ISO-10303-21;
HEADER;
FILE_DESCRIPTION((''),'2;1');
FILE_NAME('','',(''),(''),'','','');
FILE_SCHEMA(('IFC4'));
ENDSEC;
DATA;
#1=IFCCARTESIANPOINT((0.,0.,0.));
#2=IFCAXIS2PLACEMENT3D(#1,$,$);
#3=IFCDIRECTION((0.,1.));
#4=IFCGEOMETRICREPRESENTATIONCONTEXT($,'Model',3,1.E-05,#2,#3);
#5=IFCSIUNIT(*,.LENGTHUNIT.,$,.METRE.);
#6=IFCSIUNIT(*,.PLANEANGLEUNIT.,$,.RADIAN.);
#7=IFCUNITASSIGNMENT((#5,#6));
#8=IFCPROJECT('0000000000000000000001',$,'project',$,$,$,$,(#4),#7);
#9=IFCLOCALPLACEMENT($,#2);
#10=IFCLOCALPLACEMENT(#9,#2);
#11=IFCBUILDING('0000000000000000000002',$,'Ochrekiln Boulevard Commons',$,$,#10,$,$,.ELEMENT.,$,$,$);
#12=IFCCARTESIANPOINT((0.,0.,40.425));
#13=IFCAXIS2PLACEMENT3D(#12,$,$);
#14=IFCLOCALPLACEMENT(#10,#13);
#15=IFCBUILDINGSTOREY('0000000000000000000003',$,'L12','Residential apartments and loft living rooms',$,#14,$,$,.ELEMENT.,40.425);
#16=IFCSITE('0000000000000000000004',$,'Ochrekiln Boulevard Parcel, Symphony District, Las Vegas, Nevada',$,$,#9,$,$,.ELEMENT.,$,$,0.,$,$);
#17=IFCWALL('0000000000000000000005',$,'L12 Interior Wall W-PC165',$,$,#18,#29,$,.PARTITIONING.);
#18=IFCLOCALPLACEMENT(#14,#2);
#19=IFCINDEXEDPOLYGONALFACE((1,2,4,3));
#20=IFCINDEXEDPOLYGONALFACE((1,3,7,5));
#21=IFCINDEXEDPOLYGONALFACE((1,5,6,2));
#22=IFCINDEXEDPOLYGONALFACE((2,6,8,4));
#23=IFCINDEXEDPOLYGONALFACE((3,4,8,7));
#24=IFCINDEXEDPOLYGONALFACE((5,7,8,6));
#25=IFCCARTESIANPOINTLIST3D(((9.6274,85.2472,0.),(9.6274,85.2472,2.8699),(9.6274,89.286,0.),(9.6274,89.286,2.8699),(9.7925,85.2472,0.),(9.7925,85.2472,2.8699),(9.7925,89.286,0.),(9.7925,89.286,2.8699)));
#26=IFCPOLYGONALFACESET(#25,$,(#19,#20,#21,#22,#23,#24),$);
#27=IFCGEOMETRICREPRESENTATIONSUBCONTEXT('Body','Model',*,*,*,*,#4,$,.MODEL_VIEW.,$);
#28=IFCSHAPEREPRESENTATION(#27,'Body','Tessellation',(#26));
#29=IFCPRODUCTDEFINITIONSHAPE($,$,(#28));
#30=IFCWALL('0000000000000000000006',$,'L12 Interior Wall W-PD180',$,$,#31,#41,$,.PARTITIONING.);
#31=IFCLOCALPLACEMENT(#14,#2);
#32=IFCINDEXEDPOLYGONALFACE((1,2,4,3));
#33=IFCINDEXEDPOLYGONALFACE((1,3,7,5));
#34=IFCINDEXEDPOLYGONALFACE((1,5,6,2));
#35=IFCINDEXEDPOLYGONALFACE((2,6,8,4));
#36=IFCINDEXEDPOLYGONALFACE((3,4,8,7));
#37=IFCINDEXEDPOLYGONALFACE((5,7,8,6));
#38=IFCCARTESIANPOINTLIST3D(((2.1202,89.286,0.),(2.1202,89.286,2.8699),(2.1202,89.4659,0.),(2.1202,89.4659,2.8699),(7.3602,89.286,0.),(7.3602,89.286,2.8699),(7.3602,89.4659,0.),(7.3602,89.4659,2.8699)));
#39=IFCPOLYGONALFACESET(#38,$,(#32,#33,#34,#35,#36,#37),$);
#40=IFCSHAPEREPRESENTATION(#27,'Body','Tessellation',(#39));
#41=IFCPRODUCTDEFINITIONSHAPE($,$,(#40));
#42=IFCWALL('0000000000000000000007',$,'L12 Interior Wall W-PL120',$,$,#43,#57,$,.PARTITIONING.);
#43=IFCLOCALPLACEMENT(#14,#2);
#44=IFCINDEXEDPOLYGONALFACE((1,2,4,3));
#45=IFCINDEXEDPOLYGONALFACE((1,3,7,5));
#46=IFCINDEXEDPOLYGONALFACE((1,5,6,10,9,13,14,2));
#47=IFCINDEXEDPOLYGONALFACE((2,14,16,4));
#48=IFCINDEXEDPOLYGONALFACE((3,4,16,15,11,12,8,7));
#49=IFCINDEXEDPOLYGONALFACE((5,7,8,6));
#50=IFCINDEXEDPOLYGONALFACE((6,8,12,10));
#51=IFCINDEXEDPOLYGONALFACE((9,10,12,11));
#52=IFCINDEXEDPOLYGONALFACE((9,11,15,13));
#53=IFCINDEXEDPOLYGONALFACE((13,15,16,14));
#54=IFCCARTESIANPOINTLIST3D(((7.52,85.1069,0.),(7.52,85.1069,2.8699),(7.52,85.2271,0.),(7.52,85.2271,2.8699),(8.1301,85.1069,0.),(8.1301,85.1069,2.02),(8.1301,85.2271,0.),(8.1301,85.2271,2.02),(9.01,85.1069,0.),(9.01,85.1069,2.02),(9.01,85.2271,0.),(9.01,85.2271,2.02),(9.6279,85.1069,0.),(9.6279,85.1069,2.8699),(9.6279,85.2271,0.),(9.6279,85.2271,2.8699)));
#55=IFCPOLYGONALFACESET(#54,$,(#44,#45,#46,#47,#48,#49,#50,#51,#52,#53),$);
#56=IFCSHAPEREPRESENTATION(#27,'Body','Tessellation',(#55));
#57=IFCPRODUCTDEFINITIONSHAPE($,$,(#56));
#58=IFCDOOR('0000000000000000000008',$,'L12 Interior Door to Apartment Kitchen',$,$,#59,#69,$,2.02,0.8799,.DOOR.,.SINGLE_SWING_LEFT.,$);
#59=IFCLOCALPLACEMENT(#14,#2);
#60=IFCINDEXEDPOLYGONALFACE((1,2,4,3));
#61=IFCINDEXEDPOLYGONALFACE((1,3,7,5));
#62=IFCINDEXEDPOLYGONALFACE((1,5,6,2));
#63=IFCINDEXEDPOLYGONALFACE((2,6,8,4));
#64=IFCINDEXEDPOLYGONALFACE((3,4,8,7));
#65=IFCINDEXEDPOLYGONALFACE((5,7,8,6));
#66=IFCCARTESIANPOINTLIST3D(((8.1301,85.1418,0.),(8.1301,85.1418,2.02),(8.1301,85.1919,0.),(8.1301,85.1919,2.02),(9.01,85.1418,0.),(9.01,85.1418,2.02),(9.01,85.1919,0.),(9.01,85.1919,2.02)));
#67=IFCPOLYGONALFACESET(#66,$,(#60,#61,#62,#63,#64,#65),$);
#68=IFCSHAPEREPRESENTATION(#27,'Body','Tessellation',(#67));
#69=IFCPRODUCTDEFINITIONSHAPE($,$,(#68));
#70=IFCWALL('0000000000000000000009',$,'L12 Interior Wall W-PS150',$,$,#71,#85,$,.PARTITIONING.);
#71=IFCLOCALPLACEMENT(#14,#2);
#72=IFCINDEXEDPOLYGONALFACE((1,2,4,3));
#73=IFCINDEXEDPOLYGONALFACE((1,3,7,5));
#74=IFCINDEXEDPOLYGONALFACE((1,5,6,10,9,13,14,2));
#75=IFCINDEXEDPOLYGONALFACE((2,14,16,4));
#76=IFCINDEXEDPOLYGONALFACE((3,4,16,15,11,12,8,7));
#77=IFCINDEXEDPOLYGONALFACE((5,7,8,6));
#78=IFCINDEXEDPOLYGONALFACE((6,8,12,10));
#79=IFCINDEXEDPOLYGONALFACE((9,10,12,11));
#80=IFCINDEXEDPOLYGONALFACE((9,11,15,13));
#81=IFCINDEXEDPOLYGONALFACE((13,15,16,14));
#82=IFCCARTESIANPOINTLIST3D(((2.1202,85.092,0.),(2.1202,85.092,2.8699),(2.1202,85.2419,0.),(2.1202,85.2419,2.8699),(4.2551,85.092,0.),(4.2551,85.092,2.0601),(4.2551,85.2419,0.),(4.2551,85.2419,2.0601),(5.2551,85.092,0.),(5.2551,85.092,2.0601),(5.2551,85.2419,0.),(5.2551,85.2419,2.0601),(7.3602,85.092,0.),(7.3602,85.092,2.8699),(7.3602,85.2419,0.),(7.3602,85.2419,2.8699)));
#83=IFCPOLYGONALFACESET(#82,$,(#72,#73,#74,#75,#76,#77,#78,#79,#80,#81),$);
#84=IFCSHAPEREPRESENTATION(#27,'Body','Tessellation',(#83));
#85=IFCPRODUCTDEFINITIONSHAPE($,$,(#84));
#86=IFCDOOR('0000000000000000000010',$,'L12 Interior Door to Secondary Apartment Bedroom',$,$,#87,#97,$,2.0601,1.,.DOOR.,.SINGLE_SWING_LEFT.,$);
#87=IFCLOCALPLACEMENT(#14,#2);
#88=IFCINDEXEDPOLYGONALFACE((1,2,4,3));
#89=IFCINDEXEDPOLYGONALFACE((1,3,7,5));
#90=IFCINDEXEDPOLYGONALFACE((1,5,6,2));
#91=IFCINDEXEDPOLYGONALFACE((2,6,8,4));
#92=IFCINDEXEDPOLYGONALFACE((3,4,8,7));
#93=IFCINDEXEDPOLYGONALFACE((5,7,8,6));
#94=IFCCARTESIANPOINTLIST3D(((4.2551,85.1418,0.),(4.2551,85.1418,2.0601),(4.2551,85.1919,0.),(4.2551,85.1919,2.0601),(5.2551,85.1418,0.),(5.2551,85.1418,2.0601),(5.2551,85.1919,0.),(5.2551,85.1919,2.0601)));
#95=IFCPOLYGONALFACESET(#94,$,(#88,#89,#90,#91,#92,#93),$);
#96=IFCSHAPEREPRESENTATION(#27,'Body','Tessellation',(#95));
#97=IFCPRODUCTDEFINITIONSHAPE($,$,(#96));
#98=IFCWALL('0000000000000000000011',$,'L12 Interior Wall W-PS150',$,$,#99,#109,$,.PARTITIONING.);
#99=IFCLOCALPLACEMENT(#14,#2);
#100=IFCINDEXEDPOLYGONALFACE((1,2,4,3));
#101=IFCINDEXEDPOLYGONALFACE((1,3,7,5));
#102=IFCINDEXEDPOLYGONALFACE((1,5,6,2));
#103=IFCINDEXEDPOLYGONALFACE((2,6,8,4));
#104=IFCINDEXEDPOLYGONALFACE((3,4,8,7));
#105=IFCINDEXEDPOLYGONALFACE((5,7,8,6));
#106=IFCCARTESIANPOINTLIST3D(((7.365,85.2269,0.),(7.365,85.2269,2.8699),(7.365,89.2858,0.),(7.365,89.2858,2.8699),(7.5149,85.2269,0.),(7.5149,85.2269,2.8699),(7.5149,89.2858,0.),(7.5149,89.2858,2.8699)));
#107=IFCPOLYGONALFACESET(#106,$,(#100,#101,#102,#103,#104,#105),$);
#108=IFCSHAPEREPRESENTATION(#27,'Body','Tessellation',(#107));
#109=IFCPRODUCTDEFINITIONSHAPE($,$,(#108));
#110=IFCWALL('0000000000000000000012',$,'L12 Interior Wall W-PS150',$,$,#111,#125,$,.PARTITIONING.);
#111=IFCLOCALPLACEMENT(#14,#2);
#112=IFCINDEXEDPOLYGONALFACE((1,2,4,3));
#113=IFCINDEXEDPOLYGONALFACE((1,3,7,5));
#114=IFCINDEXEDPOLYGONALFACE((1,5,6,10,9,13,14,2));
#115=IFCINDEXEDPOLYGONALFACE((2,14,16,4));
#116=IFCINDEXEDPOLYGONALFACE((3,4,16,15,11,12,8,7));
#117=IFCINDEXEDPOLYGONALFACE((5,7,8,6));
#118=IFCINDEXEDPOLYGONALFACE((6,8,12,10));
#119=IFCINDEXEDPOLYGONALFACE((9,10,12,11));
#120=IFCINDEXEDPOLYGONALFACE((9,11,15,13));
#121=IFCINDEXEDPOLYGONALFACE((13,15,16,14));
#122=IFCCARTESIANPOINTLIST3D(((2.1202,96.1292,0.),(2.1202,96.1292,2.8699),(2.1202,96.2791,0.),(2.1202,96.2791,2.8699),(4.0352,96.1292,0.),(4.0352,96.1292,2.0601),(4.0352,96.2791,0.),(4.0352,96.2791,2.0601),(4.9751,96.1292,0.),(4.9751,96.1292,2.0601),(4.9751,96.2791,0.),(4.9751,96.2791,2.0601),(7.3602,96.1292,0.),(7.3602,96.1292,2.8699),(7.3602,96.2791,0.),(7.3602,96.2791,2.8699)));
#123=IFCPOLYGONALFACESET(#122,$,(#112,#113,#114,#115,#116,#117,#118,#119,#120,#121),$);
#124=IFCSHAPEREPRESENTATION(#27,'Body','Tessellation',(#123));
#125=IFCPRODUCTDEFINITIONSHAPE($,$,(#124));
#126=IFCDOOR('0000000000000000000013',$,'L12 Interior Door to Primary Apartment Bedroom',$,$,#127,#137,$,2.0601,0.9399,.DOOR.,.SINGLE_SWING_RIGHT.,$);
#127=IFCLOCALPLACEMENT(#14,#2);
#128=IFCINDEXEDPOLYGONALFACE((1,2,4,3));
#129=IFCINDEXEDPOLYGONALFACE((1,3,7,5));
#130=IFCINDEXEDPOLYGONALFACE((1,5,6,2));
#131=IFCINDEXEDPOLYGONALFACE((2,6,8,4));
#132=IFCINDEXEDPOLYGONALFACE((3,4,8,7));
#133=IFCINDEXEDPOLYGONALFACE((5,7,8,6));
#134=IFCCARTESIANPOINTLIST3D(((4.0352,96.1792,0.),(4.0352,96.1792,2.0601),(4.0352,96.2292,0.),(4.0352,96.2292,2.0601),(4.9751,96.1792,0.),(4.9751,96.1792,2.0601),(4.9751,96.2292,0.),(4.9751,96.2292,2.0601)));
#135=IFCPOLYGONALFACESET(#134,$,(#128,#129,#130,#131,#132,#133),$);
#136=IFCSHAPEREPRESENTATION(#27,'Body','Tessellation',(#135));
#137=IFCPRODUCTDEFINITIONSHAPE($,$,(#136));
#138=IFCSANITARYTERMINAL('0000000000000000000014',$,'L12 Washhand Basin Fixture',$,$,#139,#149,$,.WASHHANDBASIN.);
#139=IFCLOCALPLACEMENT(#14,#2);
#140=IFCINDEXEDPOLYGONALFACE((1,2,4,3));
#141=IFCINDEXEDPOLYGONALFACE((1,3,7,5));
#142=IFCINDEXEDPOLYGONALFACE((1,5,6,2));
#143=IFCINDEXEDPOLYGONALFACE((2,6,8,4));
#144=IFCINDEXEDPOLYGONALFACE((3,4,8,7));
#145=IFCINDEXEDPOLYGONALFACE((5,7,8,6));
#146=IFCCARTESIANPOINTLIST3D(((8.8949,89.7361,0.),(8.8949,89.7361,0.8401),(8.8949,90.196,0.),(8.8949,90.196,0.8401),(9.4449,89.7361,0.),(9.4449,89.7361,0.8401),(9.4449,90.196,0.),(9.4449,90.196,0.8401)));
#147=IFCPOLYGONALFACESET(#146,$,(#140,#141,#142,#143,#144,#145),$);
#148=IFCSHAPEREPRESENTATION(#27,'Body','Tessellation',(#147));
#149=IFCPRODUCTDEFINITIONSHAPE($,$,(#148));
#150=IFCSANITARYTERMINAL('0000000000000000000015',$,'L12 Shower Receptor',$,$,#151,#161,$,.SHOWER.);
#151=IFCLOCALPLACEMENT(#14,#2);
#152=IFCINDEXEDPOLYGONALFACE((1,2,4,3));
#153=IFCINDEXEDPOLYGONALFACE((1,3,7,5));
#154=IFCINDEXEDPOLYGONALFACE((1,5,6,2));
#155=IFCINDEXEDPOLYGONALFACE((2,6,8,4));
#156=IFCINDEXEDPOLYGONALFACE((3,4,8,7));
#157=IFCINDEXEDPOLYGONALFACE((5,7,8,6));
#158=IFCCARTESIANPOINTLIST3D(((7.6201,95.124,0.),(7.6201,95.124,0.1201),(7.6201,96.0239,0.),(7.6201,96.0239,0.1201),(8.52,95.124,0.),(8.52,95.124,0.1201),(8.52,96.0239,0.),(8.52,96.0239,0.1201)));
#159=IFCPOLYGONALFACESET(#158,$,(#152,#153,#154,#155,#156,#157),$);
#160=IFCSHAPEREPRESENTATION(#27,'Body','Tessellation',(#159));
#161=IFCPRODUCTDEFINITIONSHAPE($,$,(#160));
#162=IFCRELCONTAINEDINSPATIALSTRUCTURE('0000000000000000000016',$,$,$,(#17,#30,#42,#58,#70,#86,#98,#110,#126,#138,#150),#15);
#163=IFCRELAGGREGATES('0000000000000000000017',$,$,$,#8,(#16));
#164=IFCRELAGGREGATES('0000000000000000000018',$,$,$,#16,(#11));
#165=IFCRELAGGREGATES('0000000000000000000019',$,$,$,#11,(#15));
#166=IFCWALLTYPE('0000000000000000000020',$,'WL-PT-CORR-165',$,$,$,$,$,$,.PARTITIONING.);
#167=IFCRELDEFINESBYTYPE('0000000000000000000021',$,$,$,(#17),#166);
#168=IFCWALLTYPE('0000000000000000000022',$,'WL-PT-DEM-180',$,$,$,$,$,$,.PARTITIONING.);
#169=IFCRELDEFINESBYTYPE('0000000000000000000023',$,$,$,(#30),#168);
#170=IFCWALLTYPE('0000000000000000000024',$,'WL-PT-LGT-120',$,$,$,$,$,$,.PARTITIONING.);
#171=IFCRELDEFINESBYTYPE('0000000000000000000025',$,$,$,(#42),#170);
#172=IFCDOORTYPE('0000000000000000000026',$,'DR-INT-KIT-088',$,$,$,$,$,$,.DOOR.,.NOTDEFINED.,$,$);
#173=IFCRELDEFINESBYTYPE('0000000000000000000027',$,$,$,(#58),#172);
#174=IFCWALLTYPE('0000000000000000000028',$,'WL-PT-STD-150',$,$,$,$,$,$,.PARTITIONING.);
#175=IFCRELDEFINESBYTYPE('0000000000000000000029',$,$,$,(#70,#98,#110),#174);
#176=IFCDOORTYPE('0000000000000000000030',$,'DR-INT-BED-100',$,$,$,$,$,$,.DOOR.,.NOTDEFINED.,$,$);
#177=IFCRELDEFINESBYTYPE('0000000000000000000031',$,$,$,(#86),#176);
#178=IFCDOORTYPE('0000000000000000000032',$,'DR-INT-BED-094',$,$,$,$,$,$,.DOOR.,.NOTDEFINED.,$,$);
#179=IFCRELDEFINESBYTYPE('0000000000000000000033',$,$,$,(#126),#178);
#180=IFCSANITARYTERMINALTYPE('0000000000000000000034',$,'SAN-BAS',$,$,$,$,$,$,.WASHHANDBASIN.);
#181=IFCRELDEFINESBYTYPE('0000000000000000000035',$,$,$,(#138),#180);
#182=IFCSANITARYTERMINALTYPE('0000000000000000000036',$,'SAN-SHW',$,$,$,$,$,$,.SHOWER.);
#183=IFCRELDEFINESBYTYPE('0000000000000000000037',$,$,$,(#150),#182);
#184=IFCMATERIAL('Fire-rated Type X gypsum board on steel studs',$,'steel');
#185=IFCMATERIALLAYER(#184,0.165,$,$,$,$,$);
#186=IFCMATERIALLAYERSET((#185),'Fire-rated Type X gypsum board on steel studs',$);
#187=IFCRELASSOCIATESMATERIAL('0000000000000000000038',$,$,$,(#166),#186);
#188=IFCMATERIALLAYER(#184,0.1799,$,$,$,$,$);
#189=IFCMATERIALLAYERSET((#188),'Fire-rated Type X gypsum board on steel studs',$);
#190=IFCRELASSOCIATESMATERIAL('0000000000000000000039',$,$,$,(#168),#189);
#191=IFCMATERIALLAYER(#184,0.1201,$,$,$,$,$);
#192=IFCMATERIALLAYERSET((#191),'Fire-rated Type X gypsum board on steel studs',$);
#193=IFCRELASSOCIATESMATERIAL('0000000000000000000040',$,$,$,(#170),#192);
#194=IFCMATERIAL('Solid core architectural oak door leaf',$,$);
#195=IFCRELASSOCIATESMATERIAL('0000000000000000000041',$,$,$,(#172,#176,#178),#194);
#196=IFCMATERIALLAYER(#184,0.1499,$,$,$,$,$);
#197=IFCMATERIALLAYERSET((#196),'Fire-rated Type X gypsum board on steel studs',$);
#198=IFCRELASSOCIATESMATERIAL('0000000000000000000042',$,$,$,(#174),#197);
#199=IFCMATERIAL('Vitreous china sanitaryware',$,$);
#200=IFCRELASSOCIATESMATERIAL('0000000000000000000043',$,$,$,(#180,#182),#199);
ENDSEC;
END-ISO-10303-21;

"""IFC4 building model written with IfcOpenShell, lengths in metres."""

from ifc_helpers import new_model, si_unit, direction, frame, frame_2d, origin, origin_2d, place, context, subcontext, project, spatial, rectangle, extrude, material, layer, layer_set, type_object, element, fill, save


model = new_model("IFC4")

# Units and contexts
model_context = context("Model", 3, precision=1e-05, world=origin(), true_north=direction((0.0, 1.0)))
body_context = subcontext(model_context, "Body", "Model", "MODEL_VIEW")
ifc_project = project(units=[si_unit("LENGTHUNIT", "METRE"), si_unit("PLANEANGLEUNIT", "RADIAN")], contexts=[model_context])

# Site, building, storey
site_placement = place(None, origin())
site = spatial("IfcSite", under=ifc_project, at=site_placement, Name="Ochrekiln Boulevard Parcel, Symphony District, Las Vegas, Nevada", CompositionType="ELEMENT", RefElevation=0.0)
building_placement = place(site_placement, origin())
building = spatial("IfcBuilding", under=site, at=building_placement, Name="Ochrekiln Boulevard Commons", CompositionType="ELEMENT")
storey_placement = place(building_placement, frame((0.0, 0.0, 40.425)))
storey = spatial("IfcBuildingStorey", under=building, at=storey_placement, Name="L12", Description="Residential apartments and loft living rooms", CompositionType="ELEMENT", Elevation=40.425)

# Shared definitions
ifc_material_1 = material(Name="Solid core architectural oak door leaf")

# Walls
ifc_material_2 = material(Name="Fire-rated Type X gypsum board on steel studs", Category="steel")
ifc_layer_1 = layer(ifc_material_2, 0.165)
ifc_layer_set_1 = layer_set([ifc_layer_1], Name="Fire-rated Type X gypsum board on steel studs")
wall_type_1 = type_object("IfcWallType", Name="WL-PT-CORR-165", PredefinedType="PARTITIONING", material=ifc_layer_set_1)
wall_1_placement = place(storey_placement, frame((9.71, 85.2471, 0.0), z_axis=(0.0, 0.0, 1.0), x_axis=(0.0, 1.0, 0.0)))
element("IfcWall", 1, at=wall_1_placement, inside=storey, type_object=wall_type_1, Name="L12 Interior Wall W-PC165", PredefinedType="PARTITIONING", context=body_context, shape_type="SweptSolid", body=[
    extrude(rectangle(XDim=4.0388, YDim=0.165, at=frame_2d((2.0195, 0.0))), origin(), (0.0, 0.0, 1.0), 2.8699),
])
ifc_layer_2 = layer(ifc_material_2, 0.1799)
ifc_layer_set_2 = layer_set([ifc_layer_2], Name="Fire-rated Type X gypsum board on steel studs")
wall_type_2 = type_object("IfcWallType", Name="WL-PT-DEM-180", PredefinedType="PARTITIONING", material=ifc_layer_set_2)
wall_2_placement = place(storey_placement, frame((2.1201, 89.376, 0.0), z_axis=(0.0, 0.0, 1.0), x_axis=(1.0, 0.0, 0.0)))
element("IfcWall", 2, at=wall_2_placement, inside=storey, type_object=wall_type_2, Name="L12 Interior Wall W-PD180", PredefinedType="PARTITIONING", context=body_context, shape_type="SweptSolid", body=[
    extrude(rectangle(XDim=5.24, YDim=0.1799, at=frame_2d((2.6201, 0.0))), origin(), (0.0, 0.0, 1.0), 2.8699),
])

# Walls, openings, doors
ifc_layer_3 = layer(ifc_material_2, 0.1201)
ifc_layer_set_3 = layer_set([ifc_layer_3], Name="Fire-rated Type X gypsum board on steel studs")
wall_type_3 = type_object("IfcWallType", Name="WL-PT-LGT-120", PredefinedType="PARTITIONING", material=ifc_layer_set_3)
wall_3_placement = place(storey_placement, frame((7.52, 85.167, 0.0), z_axis=(0.0, 0.0, 1.0), x_axis=(1.0, 0.0, 0.0)))
wall_3 = element("IfcWall", 3, at=wall_3_placement, inside=storey, type_object=wall_type_3, Name="L12 Interior Wall W-PL120", PredefinedType="PARTITIONING", context=body_context, shape_type="SweptSolid", body=[
    extrude(rectangle(XDim=2.1079, YDim=0.1201, at=frame_2d((1.054, 0.0))), origin(), (0.0, 0.0, 1.0), 2.8699),
])
opening_1_placement = place(wall_3_placement, frame((0.6101, 0.0, 0.0)))
opening_1 = element("IfcOpeningElement", 4, at=opening_1_placement, cuts=wall_3, PredefinedType="OPENING", context=body_context, shape_type="SweptSolid", body=[
    extrude(rectangle(XDim=0.8799, YDim=2.02, at=frame_2d((0.4399, 1.01))), frame((0.0, 0.0701, 0.0), z_axis=(0.0, -1.0, 0.0), x_axis=(1.0, 0.0, 0.0)), (0.0, 0.0, 1.0), 0.1401),
])
door_type_1 = type_object("IfcDoorType", Name="DR-INT-KIT-088", OperationType="NOTDEFINED", PredefinedType="DOOR", material=ifc_material_1)
door_1_placement = place(opening_1_placement, origin())
door_1 = element("IfcDoor", 5, at=door_1_placement, inside=storey, type_object=door_type_1, Name="L12 Interior Door to Apartment Kitchen", OperationType="SINGLE_SWING_LEFT", OverallHeight=2.02, OverallWidth=0.8799, PredefinedType="DOOR", context=body_context, shape_type="SweptSolid", body=[
    extrude(rectangle(XDim=0.8799, YDim=2.02, at=frame_2d((0.4399, 1.01))), frame((0.0, 0.0249, 0.0), z_axis=(0.0, -1.0, 0.0), x_axis=(1.0, 0.0, 0.0)), (0.0, 0.0, 1.0), 0.05),
])
fill(opening_1, door_1)
ifc_layer_4 = layer(ifc_material_2, 0.1499)
ifc_layer_set_4 = layer_set([ifc_layer_4], Name="Fire-rated Type X gypsum board on steel studs")
wall_type_4 = type_object("IfcWallType", Name="WL-PT-STD-150", PredefinedType="PARTITIONING", material=ifc_layer_set_4)
wall_4_placement = place(storey_placement, frame((2.1201, 85.167, 0.0), z_axis=(0.0, 0.0, 1.0), x_axis=(1.0, 0.0, 0.0)))
wall_4 = element("IfcWall", 6, at=wall_4_placement, inside=storey, type_object=wall_type_4, Name="L12 Interior Wall W-PS150", PredefinedType="PARTITIONING", context=body_context, shape_type="SweptSolid", body=[
    extrude(rectangle(XDim=5.24, YDim=0.1499, at=frame_2d((2.6201, 0.0))), origin(), (0.0, 0.0, 1.0), 2.8699),
])
opening_2_placement = place(wall_4_placement, frame((2.135, 0.0, 0.0)))
opening_2 = element("IfcOpeningElement", 7, at=opening_2_placement, cuts=wall_4, PredefinedType="OPENING", context=body_context, shape_type="SweptSolid", body=[
    extrude(rectangle(XDim=1.0, YDim=2.0601, at=frame_2d((0.5, 1.03))), frame((0.0, 0.085, 0.0), z_axis=(0.0, -1.0, 0.0), x_axis=(1.0, 0.0, 0.0)), (0.0, 0.0, 1.0), 0.1699),
])
door_type_2 = type_object("IfcDoorType", Name="DR-INT-BED-100", OperationType="NOTDEFINED", PredefinedType="DOOR", material=ifc_material_1)
door_2_placement = place(opening_2_placement, origin())
door_2 = element("IfcDoor", 8, at=door_2_placement, inside=storey, type_object=door_type_2, Name="L12 Interior Door to Secondary Apartment Bedroom", OperationType="SINGLE_SWING_LEFT", OverallHeight=2.0601, OverallWidth=1.0, PredefinedType="DOOR", context=body_context, shape_type="SweptSolid", body=[
    extrude(rectangle(XDim=1.0, YDim=2.0601, at=frame_2d((0.5, 1.03))), frame((0.0, 0.0249, 0.0), z_axis=(0.0, -1.0, 0.0), x_axis=(1.0, 0.0, 0.0)), (0.0, 0.0, 1.0), 0.05),
])
fill(opening_2, door_2)

# Wall
wall_5_placement = place(storey_placement, frame((7.4399, 85.2271, 0.0), z_axis=(0.0, 0.0, 1.0), x_axis=(0.0, 1.0, 0.0)))
element("IfcWall", 9, at=wall_5_placement, inside=storey, type_object=wall_type_4, Name="L12 Interior Wall W-PS150", PredefinedType="PARTITIONING", context=body_context, shape_type="SweptSolid", body=[
    extrude(rectangle(XDim=4.0588, YDim=0.1499, at=frame_2d((2.0293, 0.0))), origin(), (0.0, 0.0, 1.0), 2.8699),
])

# Wall, opening, door
wall_6_placement = place(storey_placement, frame((2.1201, 96.2041, 0.0), z_axis=(0.0, 0.0, 1.0), x_axis=(1.0, 0.0, 0.0)))
wall_6 = element("IfcWall", 10, at=wall_6_placement, inside=storey, type_object=wall_type_4, Name="L12 Interior Wall W-PS150", PredefinedType="PARTITIONING", context=body_context, shape_type="SweptSolid", body=[
    extrude(rectangle(XDim=5.24, YDim=0.1499, at=frame_2d((2.6201, 0.0))), origin(), (0.0, 0.0, 1.0), 2.8699),
])
opening_3_placement = place(wall_6_placement, frame((1.915, 0.0, 0.0)))
opening_3 = element("IfcOpeningElement", 11, at=opening_3_placement, cuts=wall_6, PredefinedType="OPENING", context=body_context, shape_type="SweptSolid", body=[
    extrude(rectangle(XDim=0.9399, YDim=2.0601, at=frame_2d((0.47, 1.03))), frame((0.0, 0.085, 0.0), z_axis=(0.0, -1.0, 0.0), x_axis=(1.0, 0.0, 0.0)), (0.0, 0.0, 1.0), 0.1699),
])
door_type_3 = type_object("IfcDoorType", Name="DR-INT-BED-094", OperationType="NOTDEFINED", PredefinedType="DOOR", material=ifc_material_1)
door_3_placement = place(opening_3_placement, frame((0.9399, 0.0, 0.0), z_axis=(0.0, 0.0, 1.0), x_axis=(-1.0, 0.0, 0.0)))
door_3 = element("IfcDoor", 12, at=door_3_placement, inside=storey, type_object=door_type_3, Name="L12 Interior Door to Primary Apartment Bedroom", OperationType="SINGLE_SWING_RIGHT", OverallHeight=2.0601, OverallWidth=0.9399, PredefinedType="DOOR", context=body_context, shape_type="SweptSolid", body=[
    extrude(rectangle(XDim=0.9399, YDim=2.0601, at=frame_2d((0.47, 1.03))), frame((0.0, 0.0249, 0.0), z_axis=(0.0, -1.0, 0.0), x_axis=(1.0, 0.0, 0.0)), (0.0, 0.0, 1.0), 0.05),
])
fill(opening_3, door_3)

# Sanitary terminals
ifc_material_3 = material(Name="Vitreous china sanitaryware")
sanitary_terminal_type_1 = type_object("IfcSanitaryTerminalType", Name="SAN-BAS", PredefinedType="WASHHANDBASIN", material=ifc_material_3)
sanitary_terminal_1_placement = place(storey_placement, frame((9.1699, 89.9661, 0.0), z_axis=(0.0, 0.0, 1.0), x_axis=(1.0, 0.0, 0.0)))
element("IfcSanitaryTerminal", 13, at=sanitary_terminal_1_placement, inside=storey, type_object=sanitary_terminal_type_1, Name="L12 Washhand Basin Fixture", PredefinedType="WASHHANDBASIN", context=body_context, shape_type="SweptSolid", body=[
    extrude(rectangle(XDim=0.55, YDim=0.46, at=origin_2d()), origin(), (0.0, 0.0, 1.0), 0.8401),
])
sanitary_terminal_type_2 = type_object("IfcSanitaryTerminalType", Name="SAN-SHW", PredefinedType="SHOWER", material=ifc_material_3)
sanitary_terminal_2_placement = place(storey_placement, frame((8.0701, 95.574, 0.0), z_axis=(0.0, 0.0, 1.0), x_axis=(1.0, 0.0, 0.0)))
element("IfcSanitaryTerminal", 14, at=sanitary_terminal_2_placement, inside=storey, type_object=sanitary_terminal_type_2, Name="L12 Shower Receptor", PredefinedType="SHOWER", context=body_context, shape_type="SweptSolid", body=[
    extrude(rectangle(XDim=0.8999, YDim=0.8999, at=origin_2d()), origin(), (0.0, 0.0, 1.0), 0.1201),
])

save(model, "model.ifc")
